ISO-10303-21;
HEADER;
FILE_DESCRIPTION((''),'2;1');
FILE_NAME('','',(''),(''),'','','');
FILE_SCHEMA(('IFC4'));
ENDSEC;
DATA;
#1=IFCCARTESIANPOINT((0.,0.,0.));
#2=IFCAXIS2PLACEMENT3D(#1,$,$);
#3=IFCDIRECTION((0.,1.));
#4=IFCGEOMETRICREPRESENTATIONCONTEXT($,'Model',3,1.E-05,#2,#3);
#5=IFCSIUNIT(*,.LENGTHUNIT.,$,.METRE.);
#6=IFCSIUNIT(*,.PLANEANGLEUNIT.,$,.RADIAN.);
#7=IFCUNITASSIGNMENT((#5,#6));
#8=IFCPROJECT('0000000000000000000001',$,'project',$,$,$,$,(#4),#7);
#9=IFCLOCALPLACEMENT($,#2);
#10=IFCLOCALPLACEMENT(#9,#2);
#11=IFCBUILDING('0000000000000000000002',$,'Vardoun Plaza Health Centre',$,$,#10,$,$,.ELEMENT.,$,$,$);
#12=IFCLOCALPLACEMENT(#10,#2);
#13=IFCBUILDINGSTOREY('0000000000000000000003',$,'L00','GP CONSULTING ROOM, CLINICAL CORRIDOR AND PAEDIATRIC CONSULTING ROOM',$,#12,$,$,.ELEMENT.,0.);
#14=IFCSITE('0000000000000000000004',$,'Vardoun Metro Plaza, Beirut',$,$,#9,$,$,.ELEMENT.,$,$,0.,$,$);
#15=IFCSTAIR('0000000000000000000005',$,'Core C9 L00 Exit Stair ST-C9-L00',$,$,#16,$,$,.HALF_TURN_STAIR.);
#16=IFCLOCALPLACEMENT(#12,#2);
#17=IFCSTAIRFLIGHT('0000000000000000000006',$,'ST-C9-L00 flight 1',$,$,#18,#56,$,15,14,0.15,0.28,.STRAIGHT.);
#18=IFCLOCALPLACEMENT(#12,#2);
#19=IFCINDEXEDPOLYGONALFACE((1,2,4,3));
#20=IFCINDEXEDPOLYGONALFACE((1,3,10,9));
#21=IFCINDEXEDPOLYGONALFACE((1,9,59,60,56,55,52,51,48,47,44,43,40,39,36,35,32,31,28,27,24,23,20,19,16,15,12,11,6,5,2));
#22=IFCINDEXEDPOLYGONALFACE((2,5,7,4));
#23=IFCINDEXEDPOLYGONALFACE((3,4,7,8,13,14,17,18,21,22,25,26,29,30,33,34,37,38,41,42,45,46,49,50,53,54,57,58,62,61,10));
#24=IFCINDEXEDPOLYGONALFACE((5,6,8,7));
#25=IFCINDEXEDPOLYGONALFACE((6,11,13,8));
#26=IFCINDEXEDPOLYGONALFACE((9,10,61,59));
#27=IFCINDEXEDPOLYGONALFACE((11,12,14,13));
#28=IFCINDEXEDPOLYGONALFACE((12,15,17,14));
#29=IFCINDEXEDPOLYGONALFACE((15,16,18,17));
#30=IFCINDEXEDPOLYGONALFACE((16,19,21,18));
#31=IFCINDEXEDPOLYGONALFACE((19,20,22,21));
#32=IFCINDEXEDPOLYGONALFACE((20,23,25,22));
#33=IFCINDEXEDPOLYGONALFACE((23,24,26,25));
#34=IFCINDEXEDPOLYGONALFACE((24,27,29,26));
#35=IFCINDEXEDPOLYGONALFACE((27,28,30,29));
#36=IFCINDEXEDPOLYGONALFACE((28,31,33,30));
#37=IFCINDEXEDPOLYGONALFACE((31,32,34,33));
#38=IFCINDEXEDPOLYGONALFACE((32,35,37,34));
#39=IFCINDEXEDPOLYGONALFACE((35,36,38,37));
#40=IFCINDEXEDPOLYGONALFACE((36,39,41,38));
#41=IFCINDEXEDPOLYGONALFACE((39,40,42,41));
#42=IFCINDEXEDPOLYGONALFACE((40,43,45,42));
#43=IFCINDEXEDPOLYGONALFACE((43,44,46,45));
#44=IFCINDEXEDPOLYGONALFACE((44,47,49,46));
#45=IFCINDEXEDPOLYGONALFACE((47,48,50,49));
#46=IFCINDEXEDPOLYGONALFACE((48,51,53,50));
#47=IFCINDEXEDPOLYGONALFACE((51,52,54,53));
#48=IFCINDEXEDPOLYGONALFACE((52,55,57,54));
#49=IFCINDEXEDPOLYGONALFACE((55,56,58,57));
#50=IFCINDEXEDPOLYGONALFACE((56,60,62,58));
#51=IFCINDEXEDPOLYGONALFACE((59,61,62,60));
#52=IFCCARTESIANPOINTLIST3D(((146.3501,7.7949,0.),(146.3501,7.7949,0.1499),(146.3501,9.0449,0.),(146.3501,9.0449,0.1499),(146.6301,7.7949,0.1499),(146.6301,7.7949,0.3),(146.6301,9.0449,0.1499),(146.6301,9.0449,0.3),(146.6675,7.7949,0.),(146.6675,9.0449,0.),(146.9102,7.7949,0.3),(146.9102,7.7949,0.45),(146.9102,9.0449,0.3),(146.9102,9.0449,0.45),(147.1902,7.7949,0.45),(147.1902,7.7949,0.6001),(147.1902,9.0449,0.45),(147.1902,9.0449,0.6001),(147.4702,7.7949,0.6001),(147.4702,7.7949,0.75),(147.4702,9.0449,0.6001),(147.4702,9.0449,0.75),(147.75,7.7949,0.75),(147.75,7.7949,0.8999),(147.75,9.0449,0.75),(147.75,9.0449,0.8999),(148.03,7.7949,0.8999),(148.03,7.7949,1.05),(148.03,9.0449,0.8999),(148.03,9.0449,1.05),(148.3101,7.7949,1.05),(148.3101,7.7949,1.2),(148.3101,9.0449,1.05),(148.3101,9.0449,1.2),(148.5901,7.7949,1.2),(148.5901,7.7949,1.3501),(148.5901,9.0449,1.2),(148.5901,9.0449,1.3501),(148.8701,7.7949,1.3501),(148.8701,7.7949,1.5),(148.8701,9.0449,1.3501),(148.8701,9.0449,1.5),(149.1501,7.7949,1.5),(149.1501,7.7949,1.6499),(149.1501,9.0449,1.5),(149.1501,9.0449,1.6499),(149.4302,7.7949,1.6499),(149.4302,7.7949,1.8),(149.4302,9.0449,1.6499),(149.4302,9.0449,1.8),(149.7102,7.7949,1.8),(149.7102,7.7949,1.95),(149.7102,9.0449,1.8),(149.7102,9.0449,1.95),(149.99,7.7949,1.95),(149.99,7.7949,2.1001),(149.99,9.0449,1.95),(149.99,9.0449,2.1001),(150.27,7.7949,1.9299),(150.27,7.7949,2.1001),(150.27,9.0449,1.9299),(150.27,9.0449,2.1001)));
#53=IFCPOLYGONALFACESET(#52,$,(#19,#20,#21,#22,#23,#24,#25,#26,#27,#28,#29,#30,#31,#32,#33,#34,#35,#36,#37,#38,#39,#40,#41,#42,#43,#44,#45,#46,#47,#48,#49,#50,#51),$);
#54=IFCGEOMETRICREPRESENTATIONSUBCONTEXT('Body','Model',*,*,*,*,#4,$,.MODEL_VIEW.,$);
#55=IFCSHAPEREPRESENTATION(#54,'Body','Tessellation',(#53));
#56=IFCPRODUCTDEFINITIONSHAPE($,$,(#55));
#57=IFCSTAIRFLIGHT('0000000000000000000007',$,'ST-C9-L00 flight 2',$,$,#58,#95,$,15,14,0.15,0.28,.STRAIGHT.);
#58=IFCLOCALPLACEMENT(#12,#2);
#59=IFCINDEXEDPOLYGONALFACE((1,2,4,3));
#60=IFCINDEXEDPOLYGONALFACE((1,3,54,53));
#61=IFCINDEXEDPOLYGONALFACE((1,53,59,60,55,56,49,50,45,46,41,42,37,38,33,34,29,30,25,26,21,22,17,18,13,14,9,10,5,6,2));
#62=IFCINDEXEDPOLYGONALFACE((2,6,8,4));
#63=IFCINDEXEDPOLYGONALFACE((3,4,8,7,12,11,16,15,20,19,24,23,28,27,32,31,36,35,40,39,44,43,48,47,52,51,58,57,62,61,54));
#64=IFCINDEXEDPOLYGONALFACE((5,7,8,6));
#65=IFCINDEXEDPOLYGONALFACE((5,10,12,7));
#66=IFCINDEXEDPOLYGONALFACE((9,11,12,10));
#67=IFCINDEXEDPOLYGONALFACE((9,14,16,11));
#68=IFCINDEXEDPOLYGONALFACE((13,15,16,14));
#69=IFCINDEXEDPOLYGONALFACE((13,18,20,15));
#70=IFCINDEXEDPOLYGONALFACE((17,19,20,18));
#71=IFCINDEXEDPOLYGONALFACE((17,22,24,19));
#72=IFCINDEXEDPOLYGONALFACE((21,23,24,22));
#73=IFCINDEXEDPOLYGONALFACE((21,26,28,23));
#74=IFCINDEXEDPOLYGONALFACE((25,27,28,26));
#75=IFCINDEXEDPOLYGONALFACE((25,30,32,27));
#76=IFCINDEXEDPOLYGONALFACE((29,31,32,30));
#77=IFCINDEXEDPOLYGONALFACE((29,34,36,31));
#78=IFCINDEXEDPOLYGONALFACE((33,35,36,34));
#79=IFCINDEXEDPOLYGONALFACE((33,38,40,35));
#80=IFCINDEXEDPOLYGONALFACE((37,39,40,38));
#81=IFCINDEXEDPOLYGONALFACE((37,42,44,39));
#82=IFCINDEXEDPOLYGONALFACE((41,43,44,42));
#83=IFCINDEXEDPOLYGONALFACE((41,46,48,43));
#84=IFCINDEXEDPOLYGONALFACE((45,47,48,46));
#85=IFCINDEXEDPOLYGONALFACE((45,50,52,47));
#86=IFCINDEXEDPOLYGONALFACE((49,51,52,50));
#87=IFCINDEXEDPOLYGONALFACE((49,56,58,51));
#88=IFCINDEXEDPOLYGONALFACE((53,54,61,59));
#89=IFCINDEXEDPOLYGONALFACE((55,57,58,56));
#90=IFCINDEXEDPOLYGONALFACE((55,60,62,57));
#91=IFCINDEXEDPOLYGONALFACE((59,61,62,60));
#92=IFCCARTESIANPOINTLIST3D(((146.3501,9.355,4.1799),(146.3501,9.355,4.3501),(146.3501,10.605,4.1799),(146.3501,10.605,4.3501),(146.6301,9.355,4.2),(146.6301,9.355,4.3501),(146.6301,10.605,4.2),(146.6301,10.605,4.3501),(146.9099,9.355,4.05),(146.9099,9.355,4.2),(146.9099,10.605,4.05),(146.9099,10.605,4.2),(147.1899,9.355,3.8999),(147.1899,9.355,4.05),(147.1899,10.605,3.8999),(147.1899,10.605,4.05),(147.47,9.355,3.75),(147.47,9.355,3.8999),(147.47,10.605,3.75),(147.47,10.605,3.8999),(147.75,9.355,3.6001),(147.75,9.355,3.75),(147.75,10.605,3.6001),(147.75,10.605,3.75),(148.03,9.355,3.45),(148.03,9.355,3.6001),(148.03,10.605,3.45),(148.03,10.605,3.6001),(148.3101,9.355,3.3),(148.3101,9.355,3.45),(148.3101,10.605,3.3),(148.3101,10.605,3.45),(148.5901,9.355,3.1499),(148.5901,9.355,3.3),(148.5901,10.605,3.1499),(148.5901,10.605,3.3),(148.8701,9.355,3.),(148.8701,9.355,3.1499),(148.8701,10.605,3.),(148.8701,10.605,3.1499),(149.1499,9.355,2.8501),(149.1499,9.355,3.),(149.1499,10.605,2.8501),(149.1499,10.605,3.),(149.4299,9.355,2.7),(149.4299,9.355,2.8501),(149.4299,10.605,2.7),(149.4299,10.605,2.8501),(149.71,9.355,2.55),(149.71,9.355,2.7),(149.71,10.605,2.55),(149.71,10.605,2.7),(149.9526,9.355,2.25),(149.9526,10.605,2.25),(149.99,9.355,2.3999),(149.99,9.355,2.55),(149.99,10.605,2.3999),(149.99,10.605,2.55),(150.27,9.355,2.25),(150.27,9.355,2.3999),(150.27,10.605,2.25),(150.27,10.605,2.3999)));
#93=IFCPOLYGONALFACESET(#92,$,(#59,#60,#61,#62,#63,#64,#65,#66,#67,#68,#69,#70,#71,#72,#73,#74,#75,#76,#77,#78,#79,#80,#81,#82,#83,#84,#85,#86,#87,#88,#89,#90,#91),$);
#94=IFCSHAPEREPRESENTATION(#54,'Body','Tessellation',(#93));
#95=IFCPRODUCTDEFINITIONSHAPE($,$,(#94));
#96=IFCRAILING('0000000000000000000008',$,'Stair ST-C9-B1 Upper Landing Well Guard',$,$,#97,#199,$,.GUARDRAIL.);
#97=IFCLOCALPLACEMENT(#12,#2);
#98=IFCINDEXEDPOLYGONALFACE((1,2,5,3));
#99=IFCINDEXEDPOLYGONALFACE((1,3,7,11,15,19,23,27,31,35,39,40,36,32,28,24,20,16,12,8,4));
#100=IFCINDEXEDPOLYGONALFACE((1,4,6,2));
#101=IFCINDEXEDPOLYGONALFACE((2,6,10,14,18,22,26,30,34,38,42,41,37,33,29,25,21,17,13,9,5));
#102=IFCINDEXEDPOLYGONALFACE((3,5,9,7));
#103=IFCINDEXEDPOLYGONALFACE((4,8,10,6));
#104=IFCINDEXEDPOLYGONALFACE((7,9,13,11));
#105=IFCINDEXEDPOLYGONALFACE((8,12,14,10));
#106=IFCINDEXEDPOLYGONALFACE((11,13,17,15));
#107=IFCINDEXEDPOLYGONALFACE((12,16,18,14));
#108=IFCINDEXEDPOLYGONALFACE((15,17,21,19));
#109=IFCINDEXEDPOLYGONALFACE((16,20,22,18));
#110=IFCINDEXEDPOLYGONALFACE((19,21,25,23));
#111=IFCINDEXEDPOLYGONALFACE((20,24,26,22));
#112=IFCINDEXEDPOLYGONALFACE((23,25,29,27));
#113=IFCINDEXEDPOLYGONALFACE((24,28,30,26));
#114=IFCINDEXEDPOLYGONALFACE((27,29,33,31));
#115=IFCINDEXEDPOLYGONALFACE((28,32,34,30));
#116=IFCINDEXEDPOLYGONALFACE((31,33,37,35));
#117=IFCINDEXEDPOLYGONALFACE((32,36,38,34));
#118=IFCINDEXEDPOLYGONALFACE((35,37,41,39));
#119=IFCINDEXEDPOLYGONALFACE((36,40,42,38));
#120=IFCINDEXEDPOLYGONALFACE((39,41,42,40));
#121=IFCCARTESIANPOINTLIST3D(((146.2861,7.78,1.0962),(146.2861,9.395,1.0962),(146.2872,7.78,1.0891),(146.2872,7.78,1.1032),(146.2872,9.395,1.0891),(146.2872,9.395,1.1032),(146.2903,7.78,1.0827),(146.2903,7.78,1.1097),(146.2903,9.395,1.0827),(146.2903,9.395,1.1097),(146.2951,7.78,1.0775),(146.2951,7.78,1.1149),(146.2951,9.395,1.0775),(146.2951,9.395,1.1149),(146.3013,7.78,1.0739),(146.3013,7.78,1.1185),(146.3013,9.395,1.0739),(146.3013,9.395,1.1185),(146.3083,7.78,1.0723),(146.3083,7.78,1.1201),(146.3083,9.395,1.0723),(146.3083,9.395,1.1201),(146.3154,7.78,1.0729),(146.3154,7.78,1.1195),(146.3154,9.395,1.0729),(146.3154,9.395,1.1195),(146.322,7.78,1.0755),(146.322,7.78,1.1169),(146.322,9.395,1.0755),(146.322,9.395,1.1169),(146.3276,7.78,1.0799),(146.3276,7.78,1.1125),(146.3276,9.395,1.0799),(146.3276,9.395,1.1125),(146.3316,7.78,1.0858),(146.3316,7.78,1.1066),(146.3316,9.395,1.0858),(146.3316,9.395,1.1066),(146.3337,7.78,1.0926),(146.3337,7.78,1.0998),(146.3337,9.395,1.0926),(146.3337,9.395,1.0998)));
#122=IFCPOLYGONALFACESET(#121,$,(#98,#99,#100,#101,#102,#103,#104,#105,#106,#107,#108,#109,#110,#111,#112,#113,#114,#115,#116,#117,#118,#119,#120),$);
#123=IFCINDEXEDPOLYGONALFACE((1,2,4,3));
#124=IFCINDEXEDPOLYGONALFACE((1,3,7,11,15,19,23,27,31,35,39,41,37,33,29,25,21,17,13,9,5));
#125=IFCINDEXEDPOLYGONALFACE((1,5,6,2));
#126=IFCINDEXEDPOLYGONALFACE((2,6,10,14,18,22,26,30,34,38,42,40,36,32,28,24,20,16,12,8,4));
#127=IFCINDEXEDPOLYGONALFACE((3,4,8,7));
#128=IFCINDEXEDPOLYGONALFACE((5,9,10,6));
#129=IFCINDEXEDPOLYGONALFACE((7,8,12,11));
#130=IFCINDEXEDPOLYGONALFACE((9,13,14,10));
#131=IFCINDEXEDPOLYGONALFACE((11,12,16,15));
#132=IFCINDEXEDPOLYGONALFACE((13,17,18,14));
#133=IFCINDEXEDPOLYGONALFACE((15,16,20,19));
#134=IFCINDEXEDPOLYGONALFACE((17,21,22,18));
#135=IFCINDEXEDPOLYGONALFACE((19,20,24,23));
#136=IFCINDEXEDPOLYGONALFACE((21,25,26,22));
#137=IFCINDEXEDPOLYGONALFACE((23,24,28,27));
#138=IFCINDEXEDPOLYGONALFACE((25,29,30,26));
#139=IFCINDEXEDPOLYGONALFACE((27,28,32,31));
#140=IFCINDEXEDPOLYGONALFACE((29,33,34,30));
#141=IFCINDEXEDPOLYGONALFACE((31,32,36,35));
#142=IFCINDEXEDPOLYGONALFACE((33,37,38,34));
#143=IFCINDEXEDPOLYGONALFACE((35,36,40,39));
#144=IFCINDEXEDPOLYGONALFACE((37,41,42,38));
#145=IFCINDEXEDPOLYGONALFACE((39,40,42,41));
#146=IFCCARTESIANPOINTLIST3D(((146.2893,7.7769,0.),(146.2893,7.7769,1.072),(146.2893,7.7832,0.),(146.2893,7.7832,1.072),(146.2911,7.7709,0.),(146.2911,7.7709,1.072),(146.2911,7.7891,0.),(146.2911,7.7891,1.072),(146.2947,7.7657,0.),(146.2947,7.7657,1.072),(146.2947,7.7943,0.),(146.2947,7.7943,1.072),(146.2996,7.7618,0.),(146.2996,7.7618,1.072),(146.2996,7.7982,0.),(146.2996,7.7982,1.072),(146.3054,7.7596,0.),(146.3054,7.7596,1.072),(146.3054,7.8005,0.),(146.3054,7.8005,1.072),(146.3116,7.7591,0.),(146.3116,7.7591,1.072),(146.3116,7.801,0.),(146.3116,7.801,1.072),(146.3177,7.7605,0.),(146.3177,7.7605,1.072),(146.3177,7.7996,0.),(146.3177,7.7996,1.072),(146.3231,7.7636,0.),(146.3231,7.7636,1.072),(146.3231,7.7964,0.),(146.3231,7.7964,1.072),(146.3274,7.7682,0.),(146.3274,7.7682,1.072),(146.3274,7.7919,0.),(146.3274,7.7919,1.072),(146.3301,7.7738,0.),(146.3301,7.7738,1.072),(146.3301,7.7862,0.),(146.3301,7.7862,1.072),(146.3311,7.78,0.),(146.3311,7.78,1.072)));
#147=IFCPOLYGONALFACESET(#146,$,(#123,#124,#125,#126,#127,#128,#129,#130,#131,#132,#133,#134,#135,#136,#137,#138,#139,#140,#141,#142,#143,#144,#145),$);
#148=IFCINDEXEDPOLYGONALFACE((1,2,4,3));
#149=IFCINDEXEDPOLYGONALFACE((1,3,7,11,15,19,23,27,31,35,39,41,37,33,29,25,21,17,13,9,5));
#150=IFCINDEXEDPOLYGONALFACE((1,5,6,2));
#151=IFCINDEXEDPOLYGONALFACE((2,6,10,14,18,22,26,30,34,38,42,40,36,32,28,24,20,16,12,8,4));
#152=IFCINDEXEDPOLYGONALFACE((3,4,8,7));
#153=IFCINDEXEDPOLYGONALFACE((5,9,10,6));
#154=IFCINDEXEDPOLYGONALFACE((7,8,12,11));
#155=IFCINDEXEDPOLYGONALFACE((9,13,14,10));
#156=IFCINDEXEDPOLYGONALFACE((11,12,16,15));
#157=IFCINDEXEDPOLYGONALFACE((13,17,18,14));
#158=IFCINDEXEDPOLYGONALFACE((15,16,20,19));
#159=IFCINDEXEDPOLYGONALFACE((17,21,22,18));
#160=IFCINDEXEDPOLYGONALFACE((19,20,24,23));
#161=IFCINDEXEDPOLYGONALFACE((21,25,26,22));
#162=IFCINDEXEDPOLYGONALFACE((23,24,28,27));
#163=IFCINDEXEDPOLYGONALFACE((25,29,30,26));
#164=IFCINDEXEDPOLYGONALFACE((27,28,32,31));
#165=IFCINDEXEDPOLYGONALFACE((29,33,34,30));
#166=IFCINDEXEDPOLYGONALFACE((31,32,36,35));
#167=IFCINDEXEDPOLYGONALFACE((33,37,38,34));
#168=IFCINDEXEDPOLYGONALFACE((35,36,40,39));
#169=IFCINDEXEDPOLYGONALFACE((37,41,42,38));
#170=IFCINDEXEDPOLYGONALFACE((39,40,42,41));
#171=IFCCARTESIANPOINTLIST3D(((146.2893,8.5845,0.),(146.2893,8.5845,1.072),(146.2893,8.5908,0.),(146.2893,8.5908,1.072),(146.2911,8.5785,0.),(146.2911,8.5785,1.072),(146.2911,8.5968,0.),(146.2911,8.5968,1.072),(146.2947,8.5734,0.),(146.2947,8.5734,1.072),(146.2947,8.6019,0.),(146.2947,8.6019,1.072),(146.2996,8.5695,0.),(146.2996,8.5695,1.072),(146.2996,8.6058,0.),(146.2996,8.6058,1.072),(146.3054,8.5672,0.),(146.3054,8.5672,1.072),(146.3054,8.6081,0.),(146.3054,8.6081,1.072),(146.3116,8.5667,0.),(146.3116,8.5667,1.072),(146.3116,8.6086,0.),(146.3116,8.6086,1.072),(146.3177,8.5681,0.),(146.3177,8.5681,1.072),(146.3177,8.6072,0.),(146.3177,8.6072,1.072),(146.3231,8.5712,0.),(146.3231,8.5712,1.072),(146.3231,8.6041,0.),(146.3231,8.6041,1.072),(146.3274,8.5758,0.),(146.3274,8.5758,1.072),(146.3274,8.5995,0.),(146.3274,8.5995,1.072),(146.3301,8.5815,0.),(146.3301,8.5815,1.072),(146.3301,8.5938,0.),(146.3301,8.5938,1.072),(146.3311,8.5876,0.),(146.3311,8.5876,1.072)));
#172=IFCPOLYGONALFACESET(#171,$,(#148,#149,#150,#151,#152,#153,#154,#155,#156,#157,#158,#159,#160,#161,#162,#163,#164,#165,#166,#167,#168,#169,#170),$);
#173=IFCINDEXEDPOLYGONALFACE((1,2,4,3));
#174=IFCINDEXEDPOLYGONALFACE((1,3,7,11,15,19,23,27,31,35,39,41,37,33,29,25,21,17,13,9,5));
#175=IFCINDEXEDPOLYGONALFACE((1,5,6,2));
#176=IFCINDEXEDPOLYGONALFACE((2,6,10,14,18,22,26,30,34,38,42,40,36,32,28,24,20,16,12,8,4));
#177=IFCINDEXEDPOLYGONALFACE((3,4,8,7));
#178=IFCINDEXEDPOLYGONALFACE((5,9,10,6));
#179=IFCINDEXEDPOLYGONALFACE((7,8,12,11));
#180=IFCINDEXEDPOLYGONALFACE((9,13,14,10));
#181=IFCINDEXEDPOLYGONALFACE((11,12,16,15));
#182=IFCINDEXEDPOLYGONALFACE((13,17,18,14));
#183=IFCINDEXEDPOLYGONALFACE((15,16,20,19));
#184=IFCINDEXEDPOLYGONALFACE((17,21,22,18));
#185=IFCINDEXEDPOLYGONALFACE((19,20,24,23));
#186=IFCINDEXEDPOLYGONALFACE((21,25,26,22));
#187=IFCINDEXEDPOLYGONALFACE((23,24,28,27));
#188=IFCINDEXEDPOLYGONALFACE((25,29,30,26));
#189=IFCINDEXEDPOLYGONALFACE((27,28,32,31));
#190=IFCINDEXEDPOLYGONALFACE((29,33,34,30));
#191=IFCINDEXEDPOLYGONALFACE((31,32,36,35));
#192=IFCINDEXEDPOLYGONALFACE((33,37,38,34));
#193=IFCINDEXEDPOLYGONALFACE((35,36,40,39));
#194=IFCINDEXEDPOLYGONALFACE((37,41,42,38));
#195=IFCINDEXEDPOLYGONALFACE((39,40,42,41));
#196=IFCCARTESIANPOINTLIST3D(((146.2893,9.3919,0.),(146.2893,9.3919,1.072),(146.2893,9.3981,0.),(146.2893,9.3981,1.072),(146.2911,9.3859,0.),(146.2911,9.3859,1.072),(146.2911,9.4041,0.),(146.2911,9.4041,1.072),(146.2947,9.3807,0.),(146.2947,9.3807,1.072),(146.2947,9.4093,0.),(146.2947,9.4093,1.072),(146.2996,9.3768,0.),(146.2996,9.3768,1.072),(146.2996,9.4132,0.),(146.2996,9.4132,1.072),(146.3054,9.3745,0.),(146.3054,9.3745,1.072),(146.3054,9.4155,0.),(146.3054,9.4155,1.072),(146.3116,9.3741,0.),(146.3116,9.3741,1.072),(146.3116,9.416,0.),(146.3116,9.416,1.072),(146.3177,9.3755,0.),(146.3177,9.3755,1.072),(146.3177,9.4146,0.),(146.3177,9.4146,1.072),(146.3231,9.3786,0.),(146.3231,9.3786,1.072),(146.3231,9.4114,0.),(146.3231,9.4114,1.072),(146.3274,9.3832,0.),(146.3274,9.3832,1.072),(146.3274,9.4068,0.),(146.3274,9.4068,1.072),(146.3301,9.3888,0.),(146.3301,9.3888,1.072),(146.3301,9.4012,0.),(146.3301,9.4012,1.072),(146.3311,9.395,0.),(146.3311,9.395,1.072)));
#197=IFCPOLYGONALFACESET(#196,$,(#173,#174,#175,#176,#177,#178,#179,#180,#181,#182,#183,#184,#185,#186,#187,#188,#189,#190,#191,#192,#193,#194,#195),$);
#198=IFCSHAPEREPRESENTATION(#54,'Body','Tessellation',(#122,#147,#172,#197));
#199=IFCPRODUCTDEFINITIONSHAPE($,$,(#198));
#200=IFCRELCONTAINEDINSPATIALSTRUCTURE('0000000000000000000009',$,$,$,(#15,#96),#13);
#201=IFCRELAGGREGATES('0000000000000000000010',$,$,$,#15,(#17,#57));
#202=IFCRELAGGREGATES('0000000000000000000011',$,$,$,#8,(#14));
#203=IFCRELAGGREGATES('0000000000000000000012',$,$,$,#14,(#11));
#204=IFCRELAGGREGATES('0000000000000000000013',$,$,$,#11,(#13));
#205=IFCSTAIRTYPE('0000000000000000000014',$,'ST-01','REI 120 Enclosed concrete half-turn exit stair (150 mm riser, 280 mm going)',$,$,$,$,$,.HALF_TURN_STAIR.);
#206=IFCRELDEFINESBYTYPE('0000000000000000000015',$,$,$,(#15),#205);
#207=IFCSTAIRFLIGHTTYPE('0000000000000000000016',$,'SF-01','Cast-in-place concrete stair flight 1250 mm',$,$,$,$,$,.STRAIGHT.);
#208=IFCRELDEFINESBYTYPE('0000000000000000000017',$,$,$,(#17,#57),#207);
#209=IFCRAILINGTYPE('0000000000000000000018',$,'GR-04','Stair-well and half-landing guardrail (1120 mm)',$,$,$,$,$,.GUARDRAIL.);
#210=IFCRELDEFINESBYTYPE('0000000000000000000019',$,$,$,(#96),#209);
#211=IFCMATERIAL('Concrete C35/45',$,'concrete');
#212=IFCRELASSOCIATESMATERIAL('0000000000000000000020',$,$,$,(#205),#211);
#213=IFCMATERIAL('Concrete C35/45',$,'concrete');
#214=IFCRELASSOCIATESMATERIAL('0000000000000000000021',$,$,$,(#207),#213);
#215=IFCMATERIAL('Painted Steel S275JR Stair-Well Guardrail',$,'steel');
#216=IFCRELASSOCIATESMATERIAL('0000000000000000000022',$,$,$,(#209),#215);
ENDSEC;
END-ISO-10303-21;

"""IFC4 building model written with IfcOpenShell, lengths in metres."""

from ifc_helpers import new_model, si_unit, direction, frame, origin, origin_2d, place, context, subcontext, project, spatial, polyline, circle, outline, extrude, material, type_object, element, aggregate, save


model = new_model("IFC4")

# Units and contexts
model_context = context("Model", 3, precision=1e-05, world=origin(), true_north=direction((0.0, 1.0)))
body_context = subcontext(model_context, "Body", "Model", "MODEL_VIEW")
ifc_project = project(units=[si_unit("LENGTHUNIT", "METRE"), si_unit("PLANEANGLEUNIT", "RADIAN")], contexts=[model_context])

# Site, building, storey
site_placement = place(None, origin())
site = spatial("IfcSite", under=ifc_project, at=site_placement, Name="Vardoun Metro Plaza, Beirut", CompositionType="ELEMENT", RefElevation=0.0)
building_placement = place(site_placement, origin())
building = spatial("IfcBuilding", under=site, at=building_placement, Name="Vardoun Plaza Health Centre", CompositionType="ELEMENT")
storey_placement = place(building_placement, origin())
storey = spatial("IfcBuildingStorey", under=building, at=storey_placement, Name="L00", Description="GP CONSULTING ROOM, CLINICAL CORRIDOR AND PAEDIATRIC CONSULTING ROOM", CompositionType="ELEMENT", Elevation=0.0)

# Stair, stair flights
ifc_material_1 = material(Name="Concrete C35/45", Category="concrete")
stair_type = type_object("IfcStairType", Name="ST-01", Description="REI 120 Enclosed concrete half-turn exit stair (150 mm riser, 280 mm going)", PredefinedType="HALF_TURN_STAIR", material=ifc_material_1)
stair_placement = place(storey_placement, origin())
stair = element("IfcStair", 1, at=stair_placement, inside=storey, type_object=stair_type, Name="Core C9 L00 Exit Stair ST-C9-L00", PredefinedType="HALF_TURN_STAIR")
ifc_material_2 = material(Name="Concrete C35/45", Category="concrete")
stair_flight_type = type_object("IfcStairFlightType", Name="SF-01", Description="Cast-in-place concrete stair flight 1250 mm", PredefinedType="STRAIGHT", material=ifc_material_2)
stair_flight_1_placement = place(storey_placement, frame((146.3501, 8.4199, 0.0), z_axis=(0.0, 0.0, 1.0), x_axis=(1.0, 0.0, 0.0)))
stair_flight_1 = element("IfcStairFlight", 2, at=stair_flight_1_placement, type_object=stair_flight_type, Name="ST-C9-L00 flight 1", NumberOfRisers=15, NumberOfTreads=14, PredefinedType="STRAIGHT", RiserHeight=0.15, TreadLength=0.28, context=body_context, shape_type="SweptSolid", body=[
    extrude(outline(polyline([(0.0, 0.0), (0.0, 0.1499), (0.28, 0.1499), (0.28, 0.3), (0.5601, 0.3), (0.5601, 0.45), (0.8401, 0.45), (0.8401, 0.6001), (1.1201, 0.6001), (1.1201, 0.75), (1.3999, 0.75), (1.3999, 0.8999), (1.6799, 0.8999), (1.6799, 1.05), (1.96, 1.05), (1.96, 1.2), (2.24, 1.2), (2.24, 1.3501), (2.52, 1.3501), (2.52, 1.5), (2.8, 1.5), (2.8, 1.6499), (3.0801, 1.6499), (3.0801, 1.8), (3.3601, 1.8), (3.3601, 1.95), (3.6399, 1.95), (3.6399, 2.1001), (3.9199, 2.1001), (3.9199, 2.25), (3.9199, 1.9299), (0.3174, 0.0), (0.0, 0.0)])), frame((0.0, 0.625, 0.0), z_axis=(0.0, -1.0, 0.0), x_axis=(1.0, 0.0, 0.0)), (0.0, 0.0, 1.0), 1.25),
])
stair_flight_2_placement = place(storey_placement, frame((150.27, 9.98, 2.25), z_axis=(0.0, 0.0, 1.0), x_axis=(-1.0, 0.0, 0.0)))
stair_flight_2 = element("IfcStairFlight", 3, at=stair_flight_2_placement, type_object=stair_flight_type, Name="ST-C9-L00 flight 2", NumberOfRisers=15, NumberOfTreads=14, PredefinedType="STRAIGHT", RiserHeight=0.15, TreadLength=0.28, context=body_context, shape_type="SweptSolid", body=[
    extrude(outline(polyline([(0.0, 0.0), (0.0, 0.1499), (0.28, 0.1499), (0.28, 0.3), (0.5601, 0.3), (0.5601, 0.45), (0.8401, 0.45), (0.8401, 0.6001), (1.1201, 0.6001), (1.1201, 0.75), (1.3999, 0.75), (1.3999, 0.8999), (1.6799, 0.8999), (1.6799, 1.05), (1.96, 1.05), (1.96, 1.2), (2.24, 1.2), (2.24, 1.3501), (2.52, 1.3501), (2.52, 1.5), (2.8, 1.5), (2.8, 1.6499), (3.0801, 1.6499), (3.0801, 1.8), (3.3601, 1.8), (3.3601, 1.95), (3.6399, 1.95), (3.6399, 2.1001), (3.9199, 2.1001), (3.9199, 2.25), (3.9199, 1.9299), (0.3174, 0.0), (0.0, 0.0)])), frame((0.0, 0.625, 0.0), z_axis=(0.0, -1.0, 0.0), x_axis=(1.0, 0.0, 0.0)), (0.0, 0.0, 1.0), 1.25),
])
aggregate(stair, [stair_flight_1, stair_flight_2])

# Railing
ifc_material_3 = material(Name="Painted Steel S275JR Stair-Well Guardrail", Category="steel")
railing_type_1 = type_object("IfcRailingType", Name="GR-04", Description="Stair-well and half-landing guardrail (1120 mm)", PredefinedType="GUARDRAIL", material=ifc_material_3)
railing_1_placement = place(storey_placement, frame((146.3101, 7.78, 0.0)))
element("IfcRailing", 4, at=railing_1_placement, inside=storey, type_object=railing_type_1, Name="Stair ST-C9-B1 Upper Landing Well Guard", PredefinedType="GUARDRAIL", context=body_context, shape_type="SweptSolid", body=[
    extrude(circle(Radius=0.0239, at=origin_2d()), frame((0.0, 0.0, 1.0962), z_axis=(0.0, 1.0, 0.0), x_axis=(-1.0, 0.0, 0.0)), (0.0, 0.0, 1.0), 1.615),
    extrude(circle(Radius=0.021, at=origin_2d()), origin(), (0.0, 0.0, 1.0), 1.072),
    extrude(circle(Radius=0.021, at=origin_2d()), frame((0.0, 0.8076, 0.0)), (0.0, 0.0, 1.0), 1.072),
    extrude(circle(Radius=0.021, at=origin_2d()), frame((0.0, 1.615, 0.0)), (0.0, 0.0, 1.0), 1.072),
])

save(model, "model.ifc")
